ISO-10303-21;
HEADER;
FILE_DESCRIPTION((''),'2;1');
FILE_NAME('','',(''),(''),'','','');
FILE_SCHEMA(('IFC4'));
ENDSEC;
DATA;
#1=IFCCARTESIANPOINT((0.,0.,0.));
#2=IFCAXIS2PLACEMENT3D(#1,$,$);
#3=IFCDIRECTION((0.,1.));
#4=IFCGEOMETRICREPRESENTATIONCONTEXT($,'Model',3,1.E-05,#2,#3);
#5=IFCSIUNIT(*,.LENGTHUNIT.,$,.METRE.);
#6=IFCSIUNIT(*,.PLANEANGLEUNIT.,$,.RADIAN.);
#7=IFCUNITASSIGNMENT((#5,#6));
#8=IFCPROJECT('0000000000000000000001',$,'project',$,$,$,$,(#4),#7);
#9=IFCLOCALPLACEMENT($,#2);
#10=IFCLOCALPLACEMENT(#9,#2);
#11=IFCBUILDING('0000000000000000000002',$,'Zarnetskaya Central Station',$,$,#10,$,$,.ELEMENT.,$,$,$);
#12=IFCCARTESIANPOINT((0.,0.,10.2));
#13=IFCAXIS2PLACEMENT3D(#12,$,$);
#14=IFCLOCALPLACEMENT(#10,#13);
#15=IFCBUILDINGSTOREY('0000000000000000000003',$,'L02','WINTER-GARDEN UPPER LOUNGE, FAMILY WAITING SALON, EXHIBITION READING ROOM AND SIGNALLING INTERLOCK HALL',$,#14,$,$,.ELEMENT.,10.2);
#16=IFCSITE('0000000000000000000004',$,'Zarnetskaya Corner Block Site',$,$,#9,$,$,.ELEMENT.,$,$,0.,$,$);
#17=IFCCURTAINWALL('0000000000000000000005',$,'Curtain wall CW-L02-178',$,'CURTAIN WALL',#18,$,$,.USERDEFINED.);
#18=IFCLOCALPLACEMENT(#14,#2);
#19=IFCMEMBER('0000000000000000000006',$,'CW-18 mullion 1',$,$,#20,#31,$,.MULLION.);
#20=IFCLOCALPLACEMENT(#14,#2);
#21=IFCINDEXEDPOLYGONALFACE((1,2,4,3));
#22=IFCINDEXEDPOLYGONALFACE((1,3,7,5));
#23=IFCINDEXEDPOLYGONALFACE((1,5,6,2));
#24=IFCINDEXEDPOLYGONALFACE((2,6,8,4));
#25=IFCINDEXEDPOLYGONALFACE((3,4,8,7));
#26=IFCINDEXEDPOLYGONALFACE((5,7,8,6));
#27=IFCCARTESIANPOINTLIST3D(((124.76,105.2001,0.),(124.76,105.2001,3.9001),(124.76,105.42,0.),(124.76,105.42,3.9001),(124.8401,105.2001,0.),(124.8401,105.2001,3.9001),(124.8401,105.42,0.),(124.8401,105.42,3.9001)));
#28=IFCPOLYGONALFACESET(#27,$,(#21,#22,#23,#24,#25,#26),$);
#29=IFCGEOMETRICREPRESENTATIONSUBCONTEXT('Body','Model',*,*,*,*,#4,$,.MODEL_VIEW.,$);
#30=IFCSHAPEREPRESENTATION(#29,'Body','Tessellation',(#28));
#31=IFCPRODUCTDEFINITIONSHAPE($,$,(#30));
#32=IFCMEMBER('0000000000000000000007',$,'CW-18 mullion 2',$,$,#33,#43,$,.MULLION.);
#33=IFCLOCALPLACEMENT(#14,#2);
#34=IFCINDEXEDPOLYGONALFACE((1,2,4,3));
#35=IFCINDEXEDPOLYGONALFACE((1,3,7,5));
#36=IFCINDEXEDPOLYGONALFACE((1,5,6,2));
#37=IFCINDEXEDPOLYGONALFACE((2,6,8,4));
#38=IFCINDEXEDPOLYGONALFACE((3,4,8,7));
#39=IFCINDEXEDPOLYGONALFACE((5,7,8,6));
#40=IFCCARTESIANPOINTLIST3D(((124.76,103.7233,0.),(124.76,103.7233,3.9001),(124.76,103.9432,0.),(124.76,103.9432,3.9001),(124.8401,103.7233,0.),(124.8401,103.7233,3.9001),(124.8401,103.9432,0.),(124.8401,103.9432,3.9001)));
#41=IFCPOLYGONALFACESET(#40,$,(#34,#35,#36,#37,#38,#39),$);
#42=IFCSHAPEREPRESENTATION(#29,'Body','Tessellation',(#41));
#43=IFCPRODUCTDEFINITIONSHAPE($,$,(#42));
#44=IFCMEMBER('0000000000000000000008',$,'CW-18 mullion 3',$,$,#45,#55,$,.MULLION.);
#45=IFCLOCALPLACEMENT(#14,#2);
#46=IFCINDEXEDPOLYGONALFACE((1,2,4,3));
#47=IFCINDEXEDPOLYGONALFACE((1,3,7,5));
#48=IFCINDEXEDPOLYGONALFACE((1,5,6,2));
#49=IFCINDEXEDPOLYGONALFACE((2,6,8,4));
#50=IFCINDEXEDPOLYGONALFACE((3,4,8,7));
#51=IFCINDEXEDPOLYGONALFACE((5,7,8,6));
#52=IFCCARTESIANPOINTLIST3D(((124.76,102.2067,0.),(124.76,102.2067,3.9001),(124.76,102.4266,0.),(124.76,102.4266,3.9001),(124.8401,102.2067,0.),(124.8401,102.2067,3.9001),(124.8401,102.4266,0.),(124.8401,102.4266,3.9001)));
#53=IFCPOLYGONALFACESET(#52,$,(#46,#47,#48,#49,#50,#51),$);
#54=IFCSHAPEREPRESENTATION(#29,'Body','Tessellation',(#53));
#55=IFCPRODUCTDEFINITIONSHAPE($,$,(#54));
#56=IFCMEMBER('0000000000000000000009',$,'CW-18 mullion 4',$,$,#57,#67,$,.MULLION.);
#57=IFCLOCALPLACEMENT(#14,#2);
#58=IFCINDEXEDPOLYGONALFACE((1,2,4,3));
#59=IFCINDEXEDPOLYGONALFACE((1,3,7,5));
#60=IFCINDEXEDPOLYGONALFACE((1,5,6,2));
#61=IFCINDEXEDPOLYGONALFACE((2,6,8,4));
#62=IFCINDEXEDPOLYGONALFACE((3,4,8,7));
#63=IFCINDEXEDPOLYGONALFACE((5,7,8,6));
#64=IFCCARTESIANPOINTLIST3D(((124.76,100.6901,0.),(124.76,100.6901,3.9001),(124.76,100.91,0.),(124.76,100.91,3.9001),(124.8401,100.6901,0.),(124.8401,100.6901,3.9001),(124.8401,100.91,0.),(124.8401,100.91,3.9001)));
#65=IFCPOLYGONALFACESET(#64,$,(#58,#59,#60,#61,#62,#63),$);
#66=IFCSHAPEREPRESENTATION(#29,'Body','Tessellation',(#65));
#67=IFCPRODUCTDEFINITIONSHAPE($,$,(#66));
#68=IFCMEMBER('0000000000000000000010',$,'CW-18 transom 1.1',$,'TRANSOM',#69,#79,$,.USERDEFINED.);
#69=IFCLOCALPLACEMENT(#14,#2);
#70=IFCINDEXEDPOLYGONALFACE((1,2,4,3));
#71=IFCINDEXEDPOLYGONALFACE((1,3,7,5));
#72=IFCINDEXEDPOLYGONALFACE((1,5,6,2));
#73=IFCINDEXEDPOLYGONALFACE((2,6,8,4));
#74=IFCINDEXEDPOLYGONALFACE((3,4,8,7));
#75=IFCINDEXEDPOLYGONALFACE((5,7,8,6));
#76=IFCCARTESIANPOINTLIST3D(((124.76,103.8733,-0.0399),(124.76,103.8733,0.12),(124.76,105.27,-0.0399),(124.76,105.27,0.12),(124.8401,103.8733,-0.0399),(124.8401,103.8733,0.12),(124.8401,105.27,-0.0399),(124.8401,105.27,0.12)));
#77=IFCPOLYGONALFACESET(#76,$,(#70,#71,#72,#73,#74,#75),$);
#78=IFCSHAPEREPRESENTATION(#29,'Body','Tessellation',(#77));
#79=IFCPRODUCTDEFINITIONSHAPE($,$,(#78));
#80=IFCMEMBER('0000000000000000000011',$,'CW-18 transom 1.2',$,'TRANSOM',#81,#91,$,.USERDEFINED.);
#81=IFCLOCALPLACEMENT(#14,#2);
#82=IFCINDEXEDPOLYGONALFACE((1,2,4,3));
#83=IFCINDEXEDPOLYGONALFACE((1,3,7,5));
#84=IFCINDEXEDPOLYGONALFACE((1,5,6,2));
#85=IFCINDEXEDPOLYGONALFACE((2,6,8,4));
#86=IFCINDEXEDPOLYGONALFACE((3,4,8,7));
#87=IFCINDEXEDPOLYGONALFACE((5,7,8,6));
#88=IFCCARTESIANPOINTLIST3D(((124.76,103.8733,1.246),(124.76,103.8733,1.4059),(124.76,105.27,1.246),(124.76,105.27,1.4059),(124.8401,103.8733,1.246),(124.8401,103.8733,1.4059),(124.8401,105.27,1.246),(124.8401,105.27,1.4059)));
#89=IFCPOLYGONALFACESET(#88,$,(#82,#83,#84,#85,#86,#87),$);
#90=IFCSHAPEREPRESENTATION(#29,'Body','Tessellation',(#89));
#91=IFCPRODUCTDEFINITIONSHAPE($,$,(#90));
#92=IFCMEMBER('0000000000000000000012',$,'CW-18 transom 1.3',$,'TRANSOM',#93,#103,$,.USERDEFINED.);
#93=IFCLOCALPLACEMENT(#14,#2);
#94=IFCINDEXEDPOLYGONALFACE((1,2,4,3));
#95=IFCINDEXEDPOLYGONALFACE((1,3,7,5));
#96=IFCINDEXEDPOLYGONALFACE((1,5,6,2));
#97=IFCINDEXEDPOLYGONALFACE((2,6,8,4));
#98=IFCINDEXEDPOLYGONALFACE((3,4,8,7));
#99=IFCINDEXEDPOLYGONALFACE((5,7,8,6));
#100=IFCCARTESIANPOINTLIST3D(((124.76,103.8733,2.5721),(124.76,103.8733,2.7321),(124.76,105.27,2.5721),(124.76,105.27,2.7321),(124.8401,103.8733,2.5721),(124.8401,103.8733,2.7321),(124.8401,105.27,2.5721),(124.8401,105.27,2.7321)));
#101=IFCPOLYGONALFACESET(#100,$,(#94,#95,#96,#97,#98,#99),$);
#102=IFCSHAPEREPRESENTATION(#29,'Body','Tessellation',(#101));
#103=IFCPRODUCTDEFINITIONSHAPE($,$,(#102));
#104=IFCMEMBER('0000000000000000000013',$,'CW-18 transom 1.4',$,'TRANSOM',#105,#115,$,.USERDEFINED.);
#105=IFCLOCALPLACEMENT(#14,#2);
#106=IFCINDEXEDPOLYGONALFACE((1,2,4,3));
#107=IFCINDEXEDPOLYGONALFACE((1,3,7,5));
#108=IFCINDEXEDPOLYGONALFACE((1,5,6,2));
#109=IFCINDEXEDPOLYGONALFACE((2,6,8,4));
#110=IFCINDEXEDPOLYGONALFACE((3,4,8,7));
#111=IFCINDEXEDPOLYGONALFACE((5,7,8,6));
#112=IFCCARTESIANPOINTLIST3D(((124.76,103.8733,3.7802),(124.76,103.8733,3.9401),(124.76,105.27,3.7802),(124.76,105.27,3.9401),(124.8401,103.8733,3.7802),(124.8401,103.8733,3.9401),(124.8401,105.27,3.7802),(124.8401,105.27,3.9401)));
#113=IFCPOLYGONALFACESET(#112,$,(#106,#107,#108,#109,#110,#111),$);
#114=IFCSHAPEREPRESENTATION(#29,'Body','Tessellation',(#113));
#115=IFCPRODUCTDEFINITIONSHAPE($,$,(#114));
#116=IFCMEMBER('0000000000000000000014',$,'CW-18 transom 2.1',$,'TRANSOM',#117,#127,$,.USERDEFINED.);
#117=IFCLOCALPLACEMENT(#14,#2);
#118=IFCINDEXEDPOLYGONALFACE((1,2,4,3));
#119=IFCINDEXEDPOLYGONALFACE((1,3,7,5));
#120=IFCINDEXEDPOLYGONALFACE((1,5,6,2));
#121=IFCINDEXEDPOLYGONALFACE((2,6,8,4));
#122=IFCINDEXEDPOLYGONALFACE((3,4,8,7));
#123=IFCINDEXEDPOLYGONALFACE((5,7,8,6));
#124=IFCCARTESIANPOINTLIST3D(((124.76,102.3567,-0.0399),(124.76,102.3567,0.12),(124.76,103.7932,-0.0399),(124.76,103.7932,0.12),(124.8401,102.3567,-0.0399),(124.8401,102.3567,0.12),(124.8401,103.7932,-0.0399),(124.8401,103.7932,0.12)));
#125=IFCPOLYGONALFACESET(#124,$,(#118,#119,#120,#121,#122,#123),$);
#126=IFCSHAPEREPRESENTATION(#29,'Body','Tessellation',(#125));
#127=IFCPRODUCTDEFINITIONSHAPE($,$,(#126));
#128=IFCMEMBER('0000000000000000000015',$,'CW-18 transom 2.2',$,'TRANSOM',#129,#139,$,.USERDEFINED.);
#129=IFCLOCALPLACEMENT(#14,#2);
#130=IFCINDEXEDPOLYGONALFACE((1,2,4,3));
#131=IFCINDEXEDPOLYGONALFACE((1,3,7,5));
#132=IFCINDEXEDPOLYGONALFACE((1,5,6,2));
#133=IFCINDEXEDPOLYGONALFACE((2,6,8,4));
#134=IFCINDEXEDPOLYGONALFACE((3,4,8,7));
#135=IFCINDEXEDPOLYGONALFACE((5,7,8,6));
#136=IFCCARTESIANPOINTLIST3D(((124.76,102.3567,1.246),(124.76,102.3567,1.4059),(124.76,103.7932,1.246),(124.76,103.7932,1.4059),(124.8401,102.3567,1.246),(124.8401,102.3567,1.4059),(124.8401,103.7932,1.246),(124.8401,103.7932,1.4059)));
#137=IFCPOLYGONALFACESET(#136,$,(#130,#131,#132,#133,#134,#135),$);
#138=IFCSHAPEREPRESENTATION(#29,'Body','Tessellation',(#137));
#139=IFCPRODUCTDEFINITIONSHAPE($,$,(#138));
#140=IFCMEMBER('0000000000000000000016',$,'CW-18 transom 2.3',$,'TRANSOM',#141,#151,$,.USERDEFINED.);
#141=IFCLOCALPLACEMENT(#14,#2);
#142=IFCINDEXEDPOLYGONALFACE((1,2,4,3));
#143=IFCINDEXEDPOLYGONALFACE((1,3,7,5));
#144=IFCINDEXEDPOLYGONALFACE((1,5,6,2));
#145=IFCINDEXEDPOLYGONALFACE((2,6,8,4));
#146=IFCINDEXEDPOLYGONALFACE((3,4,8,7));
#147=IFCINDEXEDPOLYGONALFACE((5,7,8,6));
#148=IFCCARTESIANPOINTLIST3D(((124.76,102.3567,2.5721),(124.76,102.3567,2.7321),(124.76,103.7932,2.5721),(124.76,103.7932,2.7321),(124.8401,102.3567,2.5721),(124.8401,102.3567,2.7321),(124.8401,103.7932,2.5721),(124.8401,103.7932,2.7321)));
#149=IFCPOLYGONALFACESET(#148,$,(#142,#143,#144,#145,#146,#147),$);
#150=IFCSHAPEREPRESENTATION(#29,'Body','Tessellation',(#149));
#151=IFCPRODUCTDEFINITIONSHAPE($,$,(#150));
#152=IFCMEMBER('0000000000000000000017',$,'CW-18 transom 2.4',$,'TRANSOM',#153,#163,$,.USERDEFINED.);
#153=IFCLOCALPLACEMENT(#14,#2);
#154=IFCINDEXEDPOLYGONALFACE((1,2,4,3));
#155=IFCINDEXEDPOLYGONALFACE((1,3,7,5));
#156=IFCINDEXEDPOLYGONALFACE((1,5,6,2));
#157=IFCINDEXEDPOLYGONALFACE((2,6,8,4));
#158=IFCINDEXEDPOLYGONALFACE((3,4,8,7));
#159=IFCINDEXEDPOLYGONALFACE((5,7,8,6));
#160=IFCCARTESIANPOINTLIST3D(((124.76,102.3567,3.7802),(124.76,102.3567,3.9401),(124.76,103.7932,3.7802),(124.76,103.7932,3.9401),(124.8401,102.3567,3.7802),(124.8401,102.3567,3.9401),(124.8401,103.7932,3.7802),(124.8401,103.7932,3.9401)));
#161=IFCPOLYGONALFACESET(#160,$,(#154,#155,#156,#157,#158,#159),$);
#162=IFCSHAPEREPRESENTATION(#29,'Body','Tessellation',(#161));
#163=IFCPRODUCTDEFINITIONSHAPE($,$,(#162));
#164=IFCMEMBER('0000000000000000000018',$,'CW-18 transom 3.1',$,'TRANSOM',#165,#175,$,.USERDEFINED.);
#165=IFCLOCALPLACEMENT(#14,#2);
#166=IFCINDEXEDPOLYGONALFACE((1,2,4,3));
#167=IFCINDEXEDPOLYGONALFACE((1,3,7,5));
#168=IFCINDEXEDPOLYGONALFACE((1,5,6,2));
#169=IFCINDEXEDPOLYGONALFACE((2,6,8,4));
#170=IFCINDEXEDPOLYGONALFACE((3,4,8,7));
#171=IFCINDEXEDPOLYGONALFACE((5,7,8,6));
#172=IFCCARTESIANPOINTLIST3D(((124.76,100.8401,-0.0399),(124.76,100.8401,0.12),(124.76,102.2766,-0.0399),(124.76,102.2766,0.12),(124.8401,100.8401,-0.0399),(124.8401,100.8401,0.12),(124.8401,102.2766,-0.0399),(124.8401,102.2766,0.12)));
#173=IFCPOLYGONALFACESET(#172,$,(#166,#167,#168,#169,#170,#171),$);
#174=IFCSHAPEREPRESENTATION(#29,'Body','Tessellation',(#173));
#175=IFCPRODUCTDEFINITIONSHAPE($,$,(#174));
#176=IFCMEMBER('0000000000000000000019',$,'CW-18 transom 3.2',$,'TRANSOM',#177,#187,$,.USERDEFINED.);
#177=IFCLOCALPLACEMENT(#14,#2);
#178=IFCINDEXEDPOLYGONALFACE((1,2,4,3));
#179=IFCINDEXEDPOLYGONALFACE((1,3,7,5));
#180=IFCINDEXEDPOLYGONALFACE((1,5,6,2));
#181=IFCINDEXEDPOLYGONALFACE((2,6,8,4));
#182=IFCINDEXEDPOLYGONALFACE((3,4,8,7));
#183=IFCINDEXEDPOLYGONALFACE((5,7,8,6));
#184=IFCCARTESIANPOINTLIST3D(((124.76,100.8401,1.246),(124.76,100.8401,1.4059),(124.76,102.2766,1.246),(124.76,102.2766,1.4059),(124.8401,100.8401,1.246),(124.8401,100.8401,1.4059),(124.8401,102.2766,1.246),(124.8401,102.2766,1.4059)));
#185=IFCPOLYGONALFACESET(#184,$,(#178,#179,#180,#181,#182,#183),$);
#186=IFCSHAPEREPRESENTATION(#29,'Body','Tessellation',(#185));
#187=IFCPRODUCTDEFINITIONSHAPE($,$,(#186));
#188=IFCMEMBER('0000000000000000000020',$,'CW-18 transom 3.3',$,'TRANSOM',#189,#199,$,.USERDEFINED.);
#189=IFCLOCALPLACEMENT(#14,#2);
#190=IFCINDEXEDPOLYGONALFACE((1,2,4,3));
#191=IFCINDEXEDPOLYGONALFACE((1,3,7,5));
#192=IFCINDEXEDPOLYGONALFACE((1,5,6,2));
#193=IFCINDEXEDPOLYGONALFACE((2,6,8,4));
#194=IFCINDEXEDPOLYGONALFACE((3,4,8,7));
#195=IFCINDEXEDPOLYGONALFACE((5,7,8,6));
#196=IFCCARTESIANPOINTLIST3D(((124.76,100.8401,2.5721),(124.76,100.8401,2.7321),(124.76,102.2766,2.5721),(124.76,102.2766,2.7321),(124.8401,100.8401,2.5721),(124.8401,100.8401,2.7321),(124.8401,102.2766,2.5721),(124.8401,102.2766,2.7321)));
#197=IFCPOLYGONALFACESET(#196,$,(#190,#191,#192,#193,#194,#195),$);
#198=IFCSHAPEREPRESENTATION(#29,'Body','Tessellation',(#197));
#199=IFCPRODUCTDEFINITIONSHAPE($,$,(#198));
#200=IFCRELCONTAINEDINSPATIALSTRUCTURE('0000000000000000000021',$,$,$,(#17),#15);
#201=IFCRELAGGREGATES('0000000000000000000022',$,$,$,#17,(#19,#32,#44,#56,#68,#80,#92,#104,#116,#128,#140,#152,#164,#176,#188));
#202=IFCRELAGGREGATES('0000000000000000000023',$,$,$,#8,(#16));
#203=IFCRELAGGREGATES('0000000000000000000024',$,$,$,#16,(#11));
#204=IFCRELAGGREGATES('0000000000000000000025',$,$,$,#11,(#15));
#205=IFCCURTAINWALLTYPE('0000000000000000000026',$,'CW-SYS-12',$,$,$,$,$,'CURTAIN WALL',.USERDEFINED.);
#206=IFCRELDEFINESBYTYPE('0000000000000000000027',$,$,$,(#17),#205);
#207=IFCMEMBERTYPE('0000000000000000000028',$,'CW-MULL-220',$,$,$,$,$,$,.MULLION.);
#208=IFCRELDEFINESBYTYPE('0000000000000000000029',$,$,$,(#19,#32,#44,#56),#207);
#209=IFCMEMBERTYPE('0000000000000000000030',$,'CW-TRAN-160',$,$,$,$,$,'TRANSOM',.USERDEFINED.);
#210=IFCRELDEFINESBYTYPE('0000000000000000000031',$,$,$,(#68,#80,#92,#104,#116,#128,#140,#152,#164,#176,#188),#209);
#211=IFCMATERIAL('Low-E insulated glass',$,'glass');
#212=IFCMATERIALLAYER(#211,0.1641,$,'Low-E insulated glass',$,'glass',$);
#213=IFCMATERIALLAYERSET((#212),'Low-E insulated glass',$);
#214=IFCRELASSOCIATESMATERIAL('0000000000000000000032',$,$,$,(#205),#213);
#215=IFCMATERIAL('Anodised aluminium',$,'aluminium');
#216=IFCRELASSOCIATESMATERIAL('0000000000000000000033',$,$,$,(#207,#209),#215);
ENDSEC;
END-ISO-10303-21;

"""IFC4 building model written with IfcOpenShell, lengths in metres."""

from ifc_helpers import new_model, si_unit, direction, frame, origin, origin_2d, place, context, subcontext, project, spatial, rectangle, extrude, material, layer, layer_set, material_profile, profile_set, type_object, element, aggregate, save


model = new_model("IFC4")

# Units and contexts
model_context = context("Model", 3, precision=1e-05, world=origin(), true_north=direction((0.0, 1.0)))
body_context = subcontext(model_context, "Body", "Model", "MODEL_VIEW")
ifc_project = project(units=[si_unit("LENGTHUNIT", "METRE"), si_unit("PLANEANGLEUNIT", "RADIAN")], contexts=[model_context])

# Site, building, storey
site_placement = place(None, origin())
site = spatial("IfcSite", under=ifc_project, at=site_placement, Name="Zarnetskaya Corner Block Site", CompositionType="ELEMENT", RefElevation=0.0)
building_placement = place(site_placement, origin())
building = spatial("IfcBuilding", under=site, at=building_placement, Name="Zarnetskaya Central Station", CompositionType="ELEMENT")
storey_placement = place(building_placement, frame((0.0, 0.0, 10.2)))
storey = spatial("IfcBuildingStorey", under=building, at=storey_placement, Name="L02", Description="WINTER-GARDEN UPPER LOUNGE, FAMILY WAITING SALON, EXHIBITION READING ROOM AND SIGNALLING INTERLOCK HALL", CompositionType="ELEMENT", Elevation=10.2)

# Curtain wall, members
ifc_material_1 = material(Name="Low-E insulated glass", Category="glass")
ifc_layer_1 = layer(ifc_material_1, 0.1641, Name="Low-E insulated glass", Category="glass")
ifc_layer_set_1 = layer_set([ifc_layer_1], Name="Low-E insulated glass")
curtain_wall_type = type_object("IfcCurtainWallType", Name="CW-SYS-12", ElementType="CURTAIN WALL", PredefinedType="USERDEFINED", material=ifc_layer_set_1)
curtain_wall_placement = place(storey_placement, origin())
curtain_wall = element("IfcCurtainWall", 1, at=curtain_wall_placement, inside=storey, type_object=curtain_wall_type, Name="Curtain wall CW-L02-178", ObjectType="CURTAIN WALL", PredefinedType="USERDEFINED")
ifc_material_2 = material(Name="Anodised aluminium", Category="aluminium")
ifc_material_profile_1 = material_profile(ifc_material_2, rectangle(XDim=0.0801, YDim=0.22, at=origin_2d()), Name="ALU MULL 80x220")
ifc_profile_set_1 = profile_set([ifc_material_profile_1], Name="Anodised aluminium")
member_type_1 = type_object("IfcMemberType", Name="CW-MULL-220", PredefinedType="MULLION", material=ifc_profile_set_1)
member_1_placement = place(storey_placement, frame((124.8, 105.3101, 0.0), z_axis=(0.0, 0.0, 1.0), x_axis=(1.0, 0.0, 0.0)))
member_1 = element("IfcMember", 2, at=member_1_placement, type_object=member_type_1, Name="CW-18 mullion 1", PredefinedType="MULLION", context=body_context, shape_type="SweptSolid", body=[
    extrude(rectangle(XDim=0.0801, YDim=0.22, at=origin_2d()), origin(), (0.0, 0.0, 1.0), 3.9001),
])
member_2_placement = place(storey_placement, frame((124.8, 103.8333, 0.0), z_axis=(0.0, 0.0, 1.0), x_axis=(1.0, 0.0, 0.0)))
member_2 = element("IfcMember", 3, at=member_2_placement, type_object=member_type_1, Name="CW-18 mullion 2", PredefinedType="MULLION", context=body_context, shape_type="SweptSolid", body=[
    extrude(rectangle(XDim=0.0801, YDim=0.22, at=origin_2d()), origin(), (0.0, 0.0, 1.0), 3.9001),
])
member_3_placement = place(storey_placement, frame((124.8, 102.3167, 0.0), z_axis=(0.0, 0.0, 1.0), x_axis=(1.0, 0.0, 0.0)))
member_3 = element("IfcMember", 4, at=member_3_placement, type_object=member_type_1, Name="CW-18 mullion 3", PredefinedType="MULLION", context=body_context, shape_type="SweptSolid", body=[
    extrude(rectangle(XDim=0.0801, YDim=0.22, at=origin_2d()), origin(), (0.0, 0.0, 1.0), 3.9001),
])
member_4_placement = place(storey_placement, frame((124.8, 100.8, 0.0), z_axis=(0.0, 0.0, 1.0), x_axis=(1.0, 0.0, 0.0)))
member_4 = element("IfcMember", 5, at=member_4_placement, type_object=member_type_1, Name="CW-18 mullion 4", PredefinedType="MULLION", context=body_context, shape_type="SweptSolid", body=[
    extrude(rectangle(XDim=0.0801, YDim=0.22, at=origin_2d()), origin(), (0.0, 0.0, 1.0), 3.9001),
])
ifc_material_profile_2 = material_profile(ifc_material_2, rectangle(XDim=0.0801, YDim=0.1599, at=origin_2d()), Name="ALU TRAN 80x160")
ifc_profile_set_2 = profile_set([ifc_material_profile_2], Name="Anodised aluminium")
member_type_2 = type_object("IfcMemberType", Name="CW-TRAN-160", ElementType="TRANSOM", PredefinedType="USERDEFINED", material=ifc_profile_set_2)
member_5_placement = place(storey_placement, frame((124.8, 105.27, 0.04), z_axis=(0.0, -1.0, 0.0), x_axis=(1.0, 0.0, 0.0)))
member_5 = element("IfcMember", 6, at=member_5_placement, type_object=member_type_2, Name="CW-18 transom 1.1", ObjectType="TRANSOM", PredefinedType="USERDEFINED", context=body_context, shape_type="SweptSolid", body=[
    extrude(rectangle(XDim=0.0801, YDim=0.1599, at=origin_2d()), origin(), (0.0, 0.0, 1.0), 1.3967),
])
member_6_placement = place(storey_placement, frame((124.8, 105.27, 1.3259), z_axis=(0.0, -1.0, 0.0), x_axis=(1.0, 0.0, 0.0)))
member_6 = element("IfcMember", 7, at=member_6_placement, type_object=member_type_2, Name="CW-18 transom 1.2", ObjectType="TRANSOM", PredefinedType="USERDEFINED", context=body_context, shape_type="SweptSolid", body=[
    extrude(rectangle(XDim=0.0801, YDim=0.1599, at=origin_2d()), origin(), (0.0, 0.0, 1.0), 1.3967),
])
member_7_placement = place(storey_placement, frame((124.8, 105.27, 2.6521), z_axis=(0.0, -1.0, 0.0), x_axis=(1.0, 0.0, 0.0)))
member_7 = element("IfcMember", 8, at=member_7_placement, type_object=member_type_2, Name="CW-18 transom 1.3", ObjectType="TRANSOM", PredefinedType="USERDEFINED", context=body_context, shape_type="SweptSolid", body=[
    extrude(rectangle(XDim=0.0801, YDim=0.1599, at=origin_2d()), origin(), (0.0, 0.0, 1.0), 1.3967),
])
member_8_placement = place(storey_placement, frame((124.8, 105.27, 3.8601), z_axis=(0.0, -1.0, 0.0), x_axis=(1.0, 0.0, 0.0)))
member_8 = element("IfcMember", 9, at=member_8_placement, type_object=member_type_2, Name="CW-18 transom 1.4", ObjectType="TRANSOM", PredefinedType="USERDEFINED", context=body_context, shape_type="SweptSolid", body=[
    extrude(rectangle(XDim=0.0801, YDim=0.1599, at=origin_2d()), origin(), (0.0, 0.0, 1.0), 1.3967),
])
member_9_placement = place(storey_placement, frame((124.8, 103.7932, 0.04), z_axis=(0.0, -1.0, 0.0), x_axis=(1.0, 0.0, 0.0)))
member_9 = element("IfcMember", 10, at=member_9_placement, type_object=member_type_2, Name="CW-18 transom 2.1", ObjectType="TRANSOM", PredefinedType="USERDEFINED", context=body_context, shape_type="SweptSolid", body=[
    extrude(rectangle(XDim=0.0801, YDim=0.1599, at=origin_2d()), origin(), (0.0, 0.0, 1.0), 1.4365),
])
member_10_placement = place(storey_placement, frame((124.8, 103.7932, 1.3259), z_axis=(0.0, -1.0, 0.0), x_axis=(1.0, 0.0, 0.0)))
member_10 = element("IfcMember", 11, at=member_10_placement, type_object=member_type_2, Name="CW-18 transom 2.2", ObjectType="TRANSOM", PredefinedType="USERDEFINED", context=body_context, shape_type="SweptSolid", body=[
    extrude(rectangle(XDim=0.0801, YDim=0.1599, at=origin_2d()), origin(), (0.0, 0.0, 1.0), 1.4365),
])
member_11_placement = place(storey_placement, frame((124.8, 103.7932, 2.6521), z_axis=(0.0, -1.0, 0.0), x_axis=(1.0, 0.0, 0.0)))
member_11 = element("IfcMember", 12, at=member_11_placement, type_object=member_type_2, Name="CW-18 transom 2.3", ObjectType="TRANSOM", PredefinedType="USERDEFINED", context=body_context, shape_type="SweptSolid", body=[
    extrude(rectangle(XDim=0.0801, YDim=0.1599, at=origin_2d()), origin(), (0.0, 0.0, 1.0), 1.4365),
])
member_12_placement = place(storey_placement, frame((124.8, 103.7932, 3.8601), z_axis=(0.0, -1.0, 0.0), x_axis=(1.0, 0.0, 0.0)))
member_12 = element("IfcMember", 13, at=member_12_placement, type_object=member_type_2, Name="CW-18 transom 2.4", ObjectType="TRANSOM", PredefinedType="USERDEFINED", context=body_context, shape_type="SweptSolid", body=[
    extrude(rectangle(XDim=0.0801, YDim=0.1599, at=origin_2d()), origin(), (0.0, 0.0, 1.0), 1.4365),
])
member_13_placement = place(storey_placement, frame((124.8, 102.2766, 0.04), z_axis=(0.0, -1.0, 0.0), x_axis=(1.0, 0.0, 0.0)))
member_13 = element("IfcMember", 14, at=member_13_placement, type_object=member_type_2, Name="CW-18 transom 3.1", ObjectType="TRANSOM", PredefinedType="USERDEFINED", context=body_context, shape_type="SweptSolid", body=[
    extrude(rectangle(XDim=0.0801, YDim=0.1599, at=origin_2d()), origin(), (0.0, 0.0, 1.0), 1.4365),
])
member_14_placement = place(storey_placement, frame((124.8, 102.2766, 1.3259), z_axis=(0.0, -1.0, 0.0), x_axis=(1.0, 0.0, 0.0)))
member_14 = element("IfcMember", 15, at=member_14_placement, type_object=member_type_2, Name="CW-18 transom 3.2", ObjectType="TRANSOM", PredefinedType="USERDEFINED", context=body_context, shape_type="SweptSolid", body=[
    extrude(rectangle(XDim=0.0801, YDim=0.1599, at=origin_2d()), origin(), (0.0, 0.0, 1.0), 1.4365),
])
member_15_placement = place(storey_placement, frame((124.8, 102.2766, 2.6521), z_axis=(0.0, -1.0, 0.0), x_axis=(1.0, 0.0, 0.0)))
member_15 = element("IfcMember", 16, at=member_15_placement, type_object=member_type_2, Name="CW-18 transom 3.3", ObjectType="TRANSOM", PredefinedType="USERDEFINED", context=body_context, shape_type="SweptSolid", body=[
    extrude(rectangle(XDim=0.0801, YDim=0.1599, at=origin_2d()), origin(), (0.0, 0.0, 1.0), 1.4365),
])
aggregate(curtain_wall, [member_1, member_2, member_3, member_4, member_5, member_6, member_7, member_8, member_9, member_10, member_11, member_12, member_13, member_14, member_15])

save(model, "model.ifc")
